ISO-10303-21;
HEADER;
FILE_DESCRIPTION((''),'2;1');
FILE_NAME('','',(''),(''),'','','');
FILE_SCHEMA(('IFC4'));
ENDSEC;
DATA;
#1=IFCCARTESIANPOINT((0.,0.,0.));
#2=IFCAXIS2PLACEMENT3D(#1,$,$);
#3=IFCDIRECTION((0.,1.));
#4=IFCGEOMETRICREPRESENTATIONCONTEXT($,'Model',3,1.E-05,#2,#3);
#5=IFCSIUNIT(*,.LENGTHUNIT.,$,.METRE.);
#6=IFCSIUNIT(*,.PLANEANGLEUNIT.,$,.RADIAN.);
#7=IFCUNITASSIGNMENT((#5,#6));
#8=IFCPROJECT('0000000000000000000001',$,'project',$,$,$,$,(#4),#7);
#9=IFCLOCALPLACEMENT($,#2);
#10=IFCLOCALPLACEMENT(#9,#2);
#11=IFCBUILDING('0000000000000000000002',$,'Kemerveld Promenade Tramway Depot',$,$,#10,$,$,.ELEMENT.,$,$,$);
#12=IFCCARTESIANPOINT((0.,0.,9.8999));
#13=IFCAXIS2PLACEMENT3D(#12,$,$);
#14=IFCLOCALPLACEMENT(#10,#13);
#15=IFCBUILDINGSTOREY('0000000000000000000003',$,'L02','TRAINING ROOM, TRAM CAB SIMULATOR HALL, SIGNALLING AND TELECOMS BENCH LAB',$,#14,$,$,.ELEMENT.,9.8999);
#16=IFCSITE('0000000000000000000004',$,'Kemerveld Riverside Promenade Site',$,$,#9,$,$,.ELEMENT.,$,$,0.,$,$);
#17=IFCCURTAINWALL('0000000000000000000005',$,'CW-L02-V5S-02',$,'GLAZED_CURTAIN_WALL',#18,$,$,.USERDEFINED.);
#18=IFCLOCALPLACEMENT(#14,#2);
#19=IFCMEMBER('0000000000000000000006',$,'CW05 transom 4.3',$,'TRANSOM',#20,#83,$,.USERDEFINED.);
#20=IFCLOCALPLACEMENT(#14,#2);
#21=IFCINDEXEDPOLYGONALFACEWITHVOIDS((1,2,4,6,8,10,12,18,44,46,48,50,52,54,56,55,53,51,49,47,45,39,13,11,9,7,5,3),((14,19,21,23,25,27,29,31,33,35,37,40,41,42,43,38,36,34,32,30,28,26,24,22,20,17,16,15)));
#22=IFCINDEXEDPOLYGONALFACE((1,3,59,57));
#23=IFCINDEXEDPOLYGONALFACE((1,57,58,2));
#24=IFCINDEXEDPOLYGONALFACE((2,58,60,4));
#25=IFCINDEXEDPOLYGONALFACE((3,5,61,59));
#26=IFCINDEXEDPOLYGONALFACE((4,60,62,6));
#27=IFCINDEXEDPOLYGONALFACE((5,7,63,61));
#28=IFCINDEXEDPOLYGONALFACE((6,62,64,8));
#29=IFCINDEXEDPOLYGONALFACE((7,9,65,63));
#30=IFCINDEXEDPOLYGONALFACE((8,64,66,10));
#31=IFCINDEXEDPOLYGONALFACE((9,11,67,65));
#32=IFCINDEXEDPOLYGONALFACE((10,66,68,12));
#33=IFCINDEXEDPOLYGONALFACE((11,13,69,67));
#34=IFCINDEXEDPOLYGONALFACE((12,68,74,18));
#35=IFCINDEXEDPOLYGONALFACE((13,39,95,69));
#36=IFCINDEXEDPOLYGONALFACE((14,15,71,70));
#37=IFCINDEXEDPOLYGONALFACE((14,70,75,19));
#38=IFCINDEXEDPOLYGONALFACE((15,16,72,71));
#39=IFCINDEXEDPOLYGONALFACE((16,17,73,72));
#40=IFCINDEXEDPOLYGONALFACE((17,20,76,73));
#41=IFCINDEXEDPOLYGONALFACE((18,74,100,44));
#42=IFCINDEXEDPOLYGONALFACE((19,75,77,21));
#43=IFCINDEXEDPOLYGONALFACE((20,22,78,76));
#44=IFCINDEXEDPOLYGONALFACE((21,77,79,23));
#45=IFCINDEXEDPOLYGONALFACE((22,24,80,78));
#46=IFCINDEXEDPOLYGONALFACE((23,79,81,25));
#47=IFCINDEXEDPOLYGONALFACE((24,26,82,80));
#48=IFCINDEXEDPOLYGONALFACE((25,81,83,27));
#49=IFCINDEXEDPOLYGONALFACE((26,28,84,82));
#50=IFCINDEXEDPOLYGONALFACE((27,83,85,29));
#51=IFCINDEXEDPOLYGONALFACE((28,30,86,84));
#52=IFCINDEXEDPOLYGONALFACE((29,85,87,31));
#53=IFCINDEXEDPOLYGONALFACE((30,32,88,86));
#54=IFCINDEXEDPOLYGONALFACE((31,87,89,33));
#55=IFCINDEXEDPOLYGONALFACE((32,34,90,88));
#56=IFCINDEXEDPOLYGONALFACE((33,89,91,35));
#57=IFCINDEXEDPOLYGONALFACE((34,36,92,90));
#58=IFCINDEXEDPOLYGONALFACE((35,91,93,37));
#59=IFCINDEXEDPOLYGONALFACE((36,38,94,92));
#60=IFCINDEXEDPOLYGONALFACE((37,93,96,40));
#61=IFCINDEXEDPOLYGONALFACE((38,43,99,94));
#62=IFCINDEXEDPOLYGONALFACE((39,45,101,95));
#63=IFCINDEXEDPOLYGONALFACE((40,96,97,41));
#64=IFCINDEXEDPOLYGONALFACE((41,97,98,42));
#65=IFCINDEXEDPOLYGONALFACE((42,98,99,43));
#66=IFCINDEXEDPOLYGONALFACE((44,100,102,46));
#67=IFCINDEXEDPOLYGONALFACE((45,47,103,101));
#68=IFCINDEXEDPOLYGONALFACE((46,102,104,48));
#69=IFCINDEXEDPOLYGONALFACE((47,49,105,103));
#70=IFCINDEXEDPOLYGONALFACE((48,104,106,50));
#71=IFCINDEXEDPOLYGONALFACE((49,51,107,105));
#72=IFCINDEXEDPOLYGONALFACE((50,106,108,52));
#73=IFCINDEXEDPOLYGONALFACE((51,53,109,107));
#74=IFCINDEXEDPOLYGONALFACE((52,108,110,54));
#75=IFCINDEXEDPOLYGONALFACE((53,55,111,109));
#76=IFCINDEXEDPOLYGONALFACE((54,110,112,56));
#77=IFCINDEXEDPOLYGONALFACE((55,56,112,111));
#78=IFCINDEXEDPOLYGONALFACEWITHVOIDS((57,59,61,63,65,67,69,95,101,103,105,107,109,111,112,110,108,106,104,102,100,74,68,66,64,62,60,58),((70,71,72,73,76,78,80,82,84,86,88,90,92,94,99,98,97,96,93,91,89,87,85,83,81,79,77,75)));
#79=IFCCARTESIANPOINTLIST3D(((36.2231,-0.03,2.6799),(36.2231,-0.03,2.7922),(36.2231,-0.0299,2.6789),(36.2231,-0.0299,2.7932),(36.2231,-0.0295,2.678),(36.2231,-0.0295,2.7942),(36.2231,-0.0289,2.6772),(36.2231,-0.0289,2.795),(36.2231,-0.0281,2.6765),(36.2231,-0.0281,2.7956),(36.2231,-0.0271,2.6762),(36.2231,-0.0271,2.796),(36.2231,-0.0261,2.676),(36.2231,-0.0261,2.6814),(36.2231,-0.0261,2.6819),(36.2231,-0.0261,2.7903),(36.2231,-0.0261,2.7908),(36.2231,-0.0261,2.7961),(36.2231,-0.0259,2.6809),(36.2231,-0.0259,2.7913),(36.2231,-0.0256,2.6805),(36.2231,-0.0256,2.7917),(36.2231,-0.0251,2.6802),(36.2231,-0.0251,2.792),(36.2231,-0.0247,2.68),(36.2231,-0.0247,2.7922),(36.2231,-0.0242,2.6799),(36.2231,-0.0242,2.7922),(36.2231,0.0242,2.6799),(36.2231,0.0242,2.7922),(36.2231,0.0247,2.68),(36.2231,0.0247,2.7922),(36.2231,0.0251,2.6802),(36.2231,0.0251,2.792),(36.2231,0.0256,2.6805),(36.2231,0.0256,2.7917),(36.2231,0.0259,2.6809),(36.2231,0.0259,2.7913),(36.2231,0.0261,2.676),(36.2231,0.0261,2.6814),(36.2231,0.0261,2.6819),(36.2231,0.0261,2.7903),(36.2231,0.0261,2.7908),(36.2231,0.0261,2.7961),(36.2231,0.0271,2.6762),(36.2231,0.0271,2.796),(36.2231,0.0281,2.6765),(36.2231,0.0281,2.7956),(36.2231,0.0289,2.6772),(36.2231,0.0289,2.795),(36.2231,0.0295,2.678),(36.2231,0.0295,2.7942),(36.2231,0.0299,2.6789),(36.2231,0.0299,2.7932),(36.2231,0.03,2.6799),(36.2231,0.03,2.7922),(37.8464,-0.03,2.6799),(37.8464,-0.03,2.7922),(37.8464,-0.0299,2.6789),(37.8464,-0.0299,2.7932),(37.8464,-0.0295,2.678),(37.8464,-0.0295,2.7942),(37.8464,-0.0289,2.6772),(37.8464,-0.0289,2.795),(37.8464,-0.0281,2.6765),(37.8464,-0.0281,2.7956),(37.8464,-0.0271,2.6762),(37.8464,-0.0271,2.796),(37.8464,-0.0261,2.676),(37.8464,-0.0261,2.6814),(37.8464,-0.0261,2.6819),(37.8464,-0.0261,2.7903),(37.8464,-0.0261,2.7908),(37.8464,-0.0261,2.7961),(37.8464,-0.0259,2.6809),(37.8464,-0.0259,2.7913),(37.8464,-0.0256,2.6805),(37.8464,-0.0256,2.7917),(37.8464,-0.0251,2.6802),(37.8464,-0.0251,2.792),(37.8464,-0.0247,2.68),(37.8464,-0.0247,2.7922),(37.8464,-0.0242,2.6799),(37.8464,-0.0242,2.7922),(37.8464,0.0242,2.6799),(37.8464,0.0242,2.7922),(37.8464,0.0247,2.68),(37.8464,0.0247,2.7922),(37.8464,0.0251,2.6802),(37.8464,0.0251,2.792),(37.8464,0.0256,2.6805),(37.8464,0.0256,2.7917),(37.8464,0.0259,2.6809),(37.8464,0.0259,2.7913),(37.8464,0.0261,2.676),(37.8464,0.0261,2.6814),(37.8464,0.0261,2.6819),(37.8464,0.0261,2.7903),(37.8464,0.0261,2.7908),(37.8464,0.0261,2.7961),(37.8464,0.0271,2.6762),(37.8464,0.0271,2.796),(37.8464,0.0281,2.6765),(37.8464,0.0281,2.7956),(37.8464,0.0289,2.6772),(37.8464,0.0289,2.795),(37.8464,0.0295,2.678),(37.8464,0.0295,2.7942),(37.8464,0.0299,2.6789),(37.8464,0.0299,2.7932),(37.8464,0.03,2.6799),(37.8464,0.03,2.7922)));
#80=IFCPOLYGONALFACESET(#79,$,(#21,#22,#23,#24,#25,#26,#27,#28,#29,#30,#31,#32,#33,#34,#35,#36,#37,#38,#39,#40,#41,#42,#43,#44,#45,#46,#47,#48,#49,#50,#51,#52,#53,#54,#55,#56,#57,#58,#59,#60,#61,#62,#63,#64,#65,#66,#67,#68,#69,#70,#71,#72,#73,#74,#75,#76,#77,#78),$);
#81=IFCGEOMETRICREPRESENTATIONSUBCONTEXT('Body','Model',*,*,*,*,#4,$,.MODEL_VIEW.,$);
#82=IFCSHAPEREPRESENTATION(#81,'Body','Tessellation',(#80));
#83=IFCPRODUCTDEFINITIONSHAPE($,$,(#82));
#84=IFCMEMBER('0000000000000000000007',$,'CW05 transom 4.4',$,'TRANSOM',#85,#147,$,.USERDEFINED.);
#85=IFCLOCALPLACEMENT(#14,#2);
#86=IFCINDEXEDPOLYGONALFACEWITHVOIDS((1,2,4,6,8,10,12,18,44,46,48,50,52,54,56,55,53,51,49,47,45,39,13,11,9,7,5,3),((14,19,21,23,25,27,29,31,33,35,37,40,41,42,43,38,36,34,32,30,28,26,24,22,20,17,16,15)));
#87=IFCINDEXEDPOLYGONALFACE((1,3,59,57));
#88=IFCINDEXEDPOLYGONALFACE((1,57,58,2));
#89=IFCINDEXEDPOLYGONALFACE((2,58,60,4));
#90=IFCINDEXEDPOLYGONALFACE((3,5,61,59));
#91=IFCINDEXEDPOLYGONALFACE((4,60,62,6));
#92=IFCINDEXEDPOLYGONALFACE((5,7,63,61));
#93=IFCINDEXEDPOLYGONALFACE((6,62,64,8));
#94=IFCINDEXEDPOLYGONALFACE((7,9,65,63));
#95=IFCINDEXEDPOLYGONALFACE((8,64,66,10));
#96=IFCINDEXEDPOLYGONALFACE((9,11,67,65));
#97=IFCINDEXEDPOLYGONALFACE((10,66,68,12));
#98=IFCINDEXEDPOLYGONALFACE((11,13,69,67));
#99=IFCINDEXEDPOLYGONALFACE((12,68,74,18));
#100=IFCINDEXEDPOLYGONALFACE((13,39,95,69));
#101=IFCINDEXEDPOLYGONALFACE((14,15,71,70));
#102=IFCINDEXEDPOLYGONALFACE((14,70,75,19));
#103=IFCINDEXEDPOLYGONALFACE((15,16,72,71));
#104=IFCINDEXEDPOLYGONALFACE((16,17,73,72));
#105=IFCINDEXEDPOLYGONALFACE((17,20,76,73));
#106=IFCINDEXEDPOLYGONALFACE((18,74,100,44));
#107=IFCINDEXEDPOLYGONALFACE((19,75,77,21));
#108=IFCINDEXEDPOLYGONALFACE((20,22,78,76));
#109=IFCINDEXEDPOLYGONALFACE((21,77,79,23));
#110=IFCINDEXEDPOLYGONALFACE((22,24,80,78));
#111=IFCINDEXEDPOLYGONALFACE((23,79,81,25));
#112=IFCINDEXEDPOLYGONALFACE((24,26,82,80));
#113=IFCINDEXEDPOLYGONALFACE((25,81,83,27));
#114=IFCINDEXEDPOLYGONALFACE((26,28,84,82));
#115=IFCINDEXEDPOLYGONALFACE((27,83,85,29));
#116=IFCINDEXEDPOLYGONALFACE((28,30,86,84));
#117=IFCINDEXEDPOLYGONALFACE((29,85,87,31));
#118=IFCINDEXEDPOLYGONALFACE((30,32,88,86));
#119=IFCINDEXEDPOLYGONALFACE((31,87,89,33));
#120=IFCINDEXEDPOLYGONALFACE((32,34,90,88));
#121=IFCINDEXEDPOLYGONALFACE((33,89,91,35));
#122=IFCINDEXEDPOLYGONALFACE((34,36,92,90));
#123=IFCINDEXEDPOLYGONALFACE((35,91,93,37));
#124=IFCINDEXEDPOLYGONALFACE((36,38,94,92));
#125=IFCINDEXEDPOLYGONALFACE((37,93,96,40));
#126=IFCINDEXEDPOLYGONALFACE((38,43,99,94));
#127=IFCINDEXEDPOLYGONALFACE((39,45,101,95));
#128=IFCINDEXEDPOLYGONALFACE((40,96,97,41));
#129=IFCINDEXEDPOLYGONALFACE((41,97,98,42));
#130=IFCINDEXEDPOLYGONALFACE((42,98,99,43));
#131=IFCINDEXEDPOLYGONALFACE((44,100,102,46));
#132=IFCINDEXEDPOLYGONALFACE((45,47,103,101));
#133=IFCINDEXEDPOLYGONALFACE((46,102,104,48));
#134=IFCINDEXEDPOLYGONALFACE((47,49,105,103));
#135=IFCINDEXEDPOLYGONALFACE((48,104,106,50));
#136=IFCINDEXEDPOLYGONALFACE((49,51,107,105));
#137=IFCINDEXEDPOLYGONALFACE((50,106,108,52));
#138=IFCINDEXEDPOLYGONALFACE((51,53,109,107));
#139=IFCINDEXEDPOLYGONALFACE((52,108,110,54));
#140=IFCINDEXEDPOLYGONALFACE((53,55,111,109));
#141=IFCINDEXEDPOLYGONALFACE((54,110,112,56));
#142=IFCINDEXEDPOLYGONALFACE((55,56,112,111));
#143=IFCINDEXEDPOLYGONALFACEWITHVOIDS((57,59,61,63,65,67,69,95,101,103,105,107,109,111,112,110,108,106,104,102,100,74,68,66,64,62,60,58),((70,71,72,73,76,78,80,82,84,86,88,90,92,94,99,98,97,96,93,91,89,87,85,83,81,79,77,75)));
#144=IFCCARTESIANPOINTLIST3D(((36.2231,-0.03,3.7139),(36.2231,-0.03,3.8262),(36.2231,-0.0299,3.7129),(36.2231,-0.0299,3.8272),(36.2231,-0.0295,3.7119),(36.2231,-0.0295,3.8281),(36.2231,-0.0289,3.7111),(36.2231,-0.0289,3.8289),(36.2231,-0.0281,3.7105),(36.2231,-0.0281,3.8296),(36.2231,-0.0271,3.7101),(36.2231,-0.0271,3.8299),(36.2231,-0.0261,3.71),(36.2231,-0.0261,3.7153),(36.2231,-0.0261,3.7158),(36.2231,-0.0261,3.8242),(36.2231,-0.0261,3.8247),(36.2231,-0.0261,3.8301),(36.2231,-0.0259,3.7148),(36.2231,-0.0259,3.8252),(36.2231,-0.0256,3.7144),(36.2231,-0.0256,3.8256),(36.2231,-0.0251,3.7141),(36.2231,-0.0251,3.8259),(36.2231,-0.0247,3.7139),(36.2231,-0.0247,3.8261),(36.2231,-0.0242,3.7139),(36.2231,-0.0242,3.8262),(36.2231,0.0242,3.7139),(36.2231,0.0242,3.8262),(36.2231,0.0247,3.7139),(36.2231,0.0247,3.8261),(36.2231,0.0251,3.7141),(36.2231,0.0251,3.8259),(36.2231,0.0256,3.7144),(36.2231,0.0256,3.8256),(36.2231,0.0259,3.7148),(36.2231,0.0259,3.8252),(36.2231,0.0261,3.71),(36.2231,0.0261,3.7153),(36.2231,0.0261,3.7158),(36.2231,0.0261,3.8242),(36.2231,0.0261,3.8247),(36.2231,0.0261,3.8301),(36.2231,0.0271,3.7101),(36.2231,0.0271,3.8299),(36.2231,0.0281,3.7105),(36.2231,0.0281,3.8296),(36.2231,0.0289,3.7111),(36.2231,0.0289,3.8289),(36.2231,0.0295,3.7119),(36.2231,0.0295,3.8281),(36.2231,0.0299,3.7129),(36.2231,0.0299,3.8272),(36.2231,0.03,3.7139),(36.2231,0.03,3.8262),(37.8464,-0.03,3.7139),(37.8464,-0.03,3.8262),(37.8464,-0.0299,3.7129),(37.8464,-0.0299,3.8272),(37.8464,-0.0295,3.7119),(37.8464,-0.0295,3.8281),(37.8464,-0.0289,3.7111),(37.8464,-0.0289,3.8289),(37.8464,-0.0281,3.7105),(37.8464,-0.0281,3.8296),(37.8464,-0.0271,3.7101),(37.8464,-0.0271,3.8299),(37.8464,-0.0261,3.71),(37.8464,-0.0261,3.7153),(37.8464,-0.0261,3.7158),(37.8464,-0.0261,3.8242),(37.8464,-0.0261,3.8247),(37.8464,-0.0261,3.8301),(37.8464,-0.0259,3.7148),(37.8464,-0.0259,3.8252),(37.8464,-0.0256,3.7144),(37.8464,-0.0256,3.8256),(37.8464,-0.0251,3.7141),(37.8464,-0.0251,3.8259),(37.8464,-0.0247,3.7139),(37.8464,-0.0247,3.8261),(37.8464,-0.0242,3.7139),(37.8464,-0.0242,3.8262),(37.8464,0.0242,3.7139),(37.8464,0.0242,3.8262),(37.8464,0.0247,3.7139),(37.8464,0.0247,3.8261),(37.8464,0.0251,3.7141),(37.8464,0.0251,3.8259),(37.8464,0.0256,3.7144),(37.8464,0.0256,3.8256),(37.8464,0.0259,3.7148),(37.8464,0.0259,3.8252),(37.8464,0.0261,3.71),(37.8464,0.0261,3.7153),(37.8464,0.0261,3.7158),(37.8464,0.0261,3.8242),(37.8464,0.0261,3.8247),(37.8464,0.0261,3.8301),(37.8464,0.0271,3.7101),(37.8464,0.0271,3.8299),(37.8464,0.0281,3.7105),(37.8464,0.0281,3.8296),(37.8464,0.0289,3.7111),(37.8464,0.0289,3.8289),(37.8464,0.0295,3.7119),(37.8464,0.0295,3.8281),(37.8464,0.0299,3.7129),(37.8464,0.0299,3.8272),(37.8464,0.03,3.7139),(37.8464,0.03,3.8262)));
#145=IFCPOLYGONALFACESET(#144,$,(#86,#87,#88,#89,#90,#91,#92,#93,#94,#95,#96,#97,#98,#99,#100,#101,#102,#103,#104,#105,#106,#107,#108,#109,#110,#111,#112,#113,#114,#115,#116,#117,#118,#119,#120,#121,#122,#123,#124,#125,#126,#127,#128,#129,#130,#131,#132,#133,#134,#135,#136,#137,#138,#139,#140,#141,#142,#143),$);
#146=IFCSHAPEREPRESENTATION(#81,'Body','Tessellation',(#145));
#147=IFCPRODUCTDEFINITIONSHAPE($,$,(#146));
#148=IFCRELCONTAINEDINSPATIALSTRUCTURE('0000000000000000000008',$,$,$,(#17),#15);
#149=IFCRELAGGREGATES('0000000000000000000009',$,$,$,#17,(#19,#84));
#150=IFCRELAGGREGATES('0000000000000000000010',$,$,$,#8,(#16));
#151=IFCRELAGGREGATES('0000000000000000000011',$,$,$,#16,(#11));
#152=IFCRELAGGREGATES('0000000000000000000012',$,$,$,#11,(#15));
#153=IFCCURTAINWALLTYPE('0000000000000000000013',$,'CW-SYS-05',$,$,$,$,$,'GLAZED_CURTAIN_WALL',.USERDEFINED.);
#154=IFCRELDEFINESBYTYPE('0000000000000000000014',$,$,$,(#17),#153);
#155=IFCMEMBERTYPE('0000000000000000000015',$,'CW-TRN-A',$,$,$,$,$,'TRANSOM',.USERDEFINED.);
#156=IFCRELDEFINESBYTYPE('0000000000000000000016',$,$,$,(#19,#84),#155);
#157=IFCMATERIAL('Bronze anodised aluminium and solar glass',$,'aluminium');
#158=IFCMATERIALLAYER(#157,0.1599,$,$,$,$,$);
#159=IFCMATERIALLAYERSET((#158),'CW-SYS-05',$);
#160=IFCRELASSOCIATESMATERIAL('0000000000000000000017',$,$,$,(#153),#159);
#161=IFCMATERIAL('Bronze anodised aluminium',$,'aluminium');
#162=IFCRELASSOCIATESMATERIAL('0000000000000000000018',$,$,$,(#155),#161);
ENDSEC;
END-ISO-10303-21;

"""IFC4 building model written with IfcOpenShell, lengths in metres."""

from ifc_helpers import new_model, si_unit, direction, frame, origin, origin_2d, place, context, subcontext, project, spatial, hollow_rectangle, extrude, material, layer, layer_set, material_profile, profile_set, type_object, element, aggregate, save


model = new_model("IFC4")

# Units and contexts
model_context = context("Model", 3, precision=1e-05, world=origin(), true_north=direction((0.0, 1.0)))
body_context = subcontext(model_context, "Body", "Model", "MODEL_VIEW")
ifc_project = project(units=[si_unit("LENGTHUNIT", "METRE"), si_unit("PLANEANGLEUNIT", "RADIAN")], contexts=[model_context])

# Site, building, storey
site_placement = place(None, origin())
site = spatial("IfcSite", under=ifc_project, at=site_placement, Name="Kemerveld Riverside Promenade Site", CompositionType="ELEMENT", RefElevation=0.0)
building_placement = place(site_placement, origin())
building = spatial("IfcBuilding", under=site, at=building_placement, Name="Kemerveld Promenade Tramway Depot", CompositionType="ELEMENT")
storey_placement = place(building_placement, frame((0.0, 0.0, 9.8999)))
storey = spatial("IfcBuildingStorey", under=building, at=storey_placement, Name="L02", Description="TRAINING ROOM, TRAM CAB SIMULATOR HALL, SIGNALLING AND TELECOMS BENCH LAB", CompositionType="ELEMENT", Elevation=9.8999)

# Curtain wall
ifc_material_1 = material(Name="Bronze anodised aluminium and solar glass", Category="aluminium")
ifc_layer_1 = layer(ifc_material_1, 0.1599)
ifc_layer_set_1 = layer_set([ifc_layer_1], Name="CW-SYS-05")
curtain_wall_type_1 = type_object("IfcCurtainWallType", Name="CW-SYS-05", ElementType="GLAZED_CURTAIN_WALL", PredefinedType="USERDEFINED", material=ifc_layer_set_1)
curtain_wall_1_placement = place(storey_placement, origin())
curtain_wall_1 = element("IfcCurtainWall", 1, at=curtain_wall_1_placement, inside=storey, type_object=curtain_wall_type_1, Name="CW-L02-V5S-02", ObjectType="GLAZED_CURTAIN_WALL", PredefinedType="USERDEFINED")
ifc_material_2 = material(Name="Bronze anodised aluminium", Category="aluminium")

# Members
ifc_material_profile_1 = material_profile(ifc_material_2, hollow_rectangle(XDim=0.0601, YDim=0.1201, WallThickness=0.0039, InnerFilletRadius=0.002, OuterFilletRadius=0.0039, at=origin_2d()), Name="CW-TRN-120x60")
ifc_profile_set_1 = profile_set([ifc_material_profile_1], Name="Bronze anodised aluminium")
member_type_1 = type_object("IfcMemberType", Name="CW-TRN-A", ElementType="TRANSOM", PredefinedType="USERDEFINED", material=ifc_profile_set_1)
member_1_placement = place(storey_placement, frame((37.8464, 0.0, 2.7361), z_axis=(-1.0, 0.0, 0.0), x_axis=(0.0, -1.0, 0.0)))
member_1 = element("IfcMember", 2, at=member_1_placement, type_object=member_type_1, Name="CW05 transom 4.3", ObjectType="TRANSOM", PredefinedType="USERDEFINED", context=body_context, shape_type="SweptSolid", body=[
    extrude(hollow_rectangle(XDim=0.0601, YDim=0.1201, WallThickness=0.0039, InnerFilletRadius=0.002, OuterFilletRadius=0.0039, at=origin_2d()), origin(), (0.0, 0.0, 1.0), 1.6233),
])
member_2_placement = place(storey_placement, frame((37.8464, 0.0, 3.77), z_axis=(-1.0, 0.0, 0.0), x_axis=(0.0, -1.0, 0.0)))
member_2 = element("IfcMember", 3, at=member_2_placement, type_object=member_type_1, Name="CW05 transom 4.4", ObjectType="TRANSOM", PredefinedType="USERDEFINED", context=body_context, shape_type="SweptSolid", body=[
    extrude(hollow_rectangle(XDim=0.0601, YDim=0.1201, WallThickness=0.0039, InnerFilletRadius=0.002, OuterFilletRadius=0.0039, at=origin_2d()), origin(), (0.0, 0.0, 1.0), 1.6233),
])

aggregate(curtain_wall_1, [member_1, member_2])

save(model, "model.ifc")
